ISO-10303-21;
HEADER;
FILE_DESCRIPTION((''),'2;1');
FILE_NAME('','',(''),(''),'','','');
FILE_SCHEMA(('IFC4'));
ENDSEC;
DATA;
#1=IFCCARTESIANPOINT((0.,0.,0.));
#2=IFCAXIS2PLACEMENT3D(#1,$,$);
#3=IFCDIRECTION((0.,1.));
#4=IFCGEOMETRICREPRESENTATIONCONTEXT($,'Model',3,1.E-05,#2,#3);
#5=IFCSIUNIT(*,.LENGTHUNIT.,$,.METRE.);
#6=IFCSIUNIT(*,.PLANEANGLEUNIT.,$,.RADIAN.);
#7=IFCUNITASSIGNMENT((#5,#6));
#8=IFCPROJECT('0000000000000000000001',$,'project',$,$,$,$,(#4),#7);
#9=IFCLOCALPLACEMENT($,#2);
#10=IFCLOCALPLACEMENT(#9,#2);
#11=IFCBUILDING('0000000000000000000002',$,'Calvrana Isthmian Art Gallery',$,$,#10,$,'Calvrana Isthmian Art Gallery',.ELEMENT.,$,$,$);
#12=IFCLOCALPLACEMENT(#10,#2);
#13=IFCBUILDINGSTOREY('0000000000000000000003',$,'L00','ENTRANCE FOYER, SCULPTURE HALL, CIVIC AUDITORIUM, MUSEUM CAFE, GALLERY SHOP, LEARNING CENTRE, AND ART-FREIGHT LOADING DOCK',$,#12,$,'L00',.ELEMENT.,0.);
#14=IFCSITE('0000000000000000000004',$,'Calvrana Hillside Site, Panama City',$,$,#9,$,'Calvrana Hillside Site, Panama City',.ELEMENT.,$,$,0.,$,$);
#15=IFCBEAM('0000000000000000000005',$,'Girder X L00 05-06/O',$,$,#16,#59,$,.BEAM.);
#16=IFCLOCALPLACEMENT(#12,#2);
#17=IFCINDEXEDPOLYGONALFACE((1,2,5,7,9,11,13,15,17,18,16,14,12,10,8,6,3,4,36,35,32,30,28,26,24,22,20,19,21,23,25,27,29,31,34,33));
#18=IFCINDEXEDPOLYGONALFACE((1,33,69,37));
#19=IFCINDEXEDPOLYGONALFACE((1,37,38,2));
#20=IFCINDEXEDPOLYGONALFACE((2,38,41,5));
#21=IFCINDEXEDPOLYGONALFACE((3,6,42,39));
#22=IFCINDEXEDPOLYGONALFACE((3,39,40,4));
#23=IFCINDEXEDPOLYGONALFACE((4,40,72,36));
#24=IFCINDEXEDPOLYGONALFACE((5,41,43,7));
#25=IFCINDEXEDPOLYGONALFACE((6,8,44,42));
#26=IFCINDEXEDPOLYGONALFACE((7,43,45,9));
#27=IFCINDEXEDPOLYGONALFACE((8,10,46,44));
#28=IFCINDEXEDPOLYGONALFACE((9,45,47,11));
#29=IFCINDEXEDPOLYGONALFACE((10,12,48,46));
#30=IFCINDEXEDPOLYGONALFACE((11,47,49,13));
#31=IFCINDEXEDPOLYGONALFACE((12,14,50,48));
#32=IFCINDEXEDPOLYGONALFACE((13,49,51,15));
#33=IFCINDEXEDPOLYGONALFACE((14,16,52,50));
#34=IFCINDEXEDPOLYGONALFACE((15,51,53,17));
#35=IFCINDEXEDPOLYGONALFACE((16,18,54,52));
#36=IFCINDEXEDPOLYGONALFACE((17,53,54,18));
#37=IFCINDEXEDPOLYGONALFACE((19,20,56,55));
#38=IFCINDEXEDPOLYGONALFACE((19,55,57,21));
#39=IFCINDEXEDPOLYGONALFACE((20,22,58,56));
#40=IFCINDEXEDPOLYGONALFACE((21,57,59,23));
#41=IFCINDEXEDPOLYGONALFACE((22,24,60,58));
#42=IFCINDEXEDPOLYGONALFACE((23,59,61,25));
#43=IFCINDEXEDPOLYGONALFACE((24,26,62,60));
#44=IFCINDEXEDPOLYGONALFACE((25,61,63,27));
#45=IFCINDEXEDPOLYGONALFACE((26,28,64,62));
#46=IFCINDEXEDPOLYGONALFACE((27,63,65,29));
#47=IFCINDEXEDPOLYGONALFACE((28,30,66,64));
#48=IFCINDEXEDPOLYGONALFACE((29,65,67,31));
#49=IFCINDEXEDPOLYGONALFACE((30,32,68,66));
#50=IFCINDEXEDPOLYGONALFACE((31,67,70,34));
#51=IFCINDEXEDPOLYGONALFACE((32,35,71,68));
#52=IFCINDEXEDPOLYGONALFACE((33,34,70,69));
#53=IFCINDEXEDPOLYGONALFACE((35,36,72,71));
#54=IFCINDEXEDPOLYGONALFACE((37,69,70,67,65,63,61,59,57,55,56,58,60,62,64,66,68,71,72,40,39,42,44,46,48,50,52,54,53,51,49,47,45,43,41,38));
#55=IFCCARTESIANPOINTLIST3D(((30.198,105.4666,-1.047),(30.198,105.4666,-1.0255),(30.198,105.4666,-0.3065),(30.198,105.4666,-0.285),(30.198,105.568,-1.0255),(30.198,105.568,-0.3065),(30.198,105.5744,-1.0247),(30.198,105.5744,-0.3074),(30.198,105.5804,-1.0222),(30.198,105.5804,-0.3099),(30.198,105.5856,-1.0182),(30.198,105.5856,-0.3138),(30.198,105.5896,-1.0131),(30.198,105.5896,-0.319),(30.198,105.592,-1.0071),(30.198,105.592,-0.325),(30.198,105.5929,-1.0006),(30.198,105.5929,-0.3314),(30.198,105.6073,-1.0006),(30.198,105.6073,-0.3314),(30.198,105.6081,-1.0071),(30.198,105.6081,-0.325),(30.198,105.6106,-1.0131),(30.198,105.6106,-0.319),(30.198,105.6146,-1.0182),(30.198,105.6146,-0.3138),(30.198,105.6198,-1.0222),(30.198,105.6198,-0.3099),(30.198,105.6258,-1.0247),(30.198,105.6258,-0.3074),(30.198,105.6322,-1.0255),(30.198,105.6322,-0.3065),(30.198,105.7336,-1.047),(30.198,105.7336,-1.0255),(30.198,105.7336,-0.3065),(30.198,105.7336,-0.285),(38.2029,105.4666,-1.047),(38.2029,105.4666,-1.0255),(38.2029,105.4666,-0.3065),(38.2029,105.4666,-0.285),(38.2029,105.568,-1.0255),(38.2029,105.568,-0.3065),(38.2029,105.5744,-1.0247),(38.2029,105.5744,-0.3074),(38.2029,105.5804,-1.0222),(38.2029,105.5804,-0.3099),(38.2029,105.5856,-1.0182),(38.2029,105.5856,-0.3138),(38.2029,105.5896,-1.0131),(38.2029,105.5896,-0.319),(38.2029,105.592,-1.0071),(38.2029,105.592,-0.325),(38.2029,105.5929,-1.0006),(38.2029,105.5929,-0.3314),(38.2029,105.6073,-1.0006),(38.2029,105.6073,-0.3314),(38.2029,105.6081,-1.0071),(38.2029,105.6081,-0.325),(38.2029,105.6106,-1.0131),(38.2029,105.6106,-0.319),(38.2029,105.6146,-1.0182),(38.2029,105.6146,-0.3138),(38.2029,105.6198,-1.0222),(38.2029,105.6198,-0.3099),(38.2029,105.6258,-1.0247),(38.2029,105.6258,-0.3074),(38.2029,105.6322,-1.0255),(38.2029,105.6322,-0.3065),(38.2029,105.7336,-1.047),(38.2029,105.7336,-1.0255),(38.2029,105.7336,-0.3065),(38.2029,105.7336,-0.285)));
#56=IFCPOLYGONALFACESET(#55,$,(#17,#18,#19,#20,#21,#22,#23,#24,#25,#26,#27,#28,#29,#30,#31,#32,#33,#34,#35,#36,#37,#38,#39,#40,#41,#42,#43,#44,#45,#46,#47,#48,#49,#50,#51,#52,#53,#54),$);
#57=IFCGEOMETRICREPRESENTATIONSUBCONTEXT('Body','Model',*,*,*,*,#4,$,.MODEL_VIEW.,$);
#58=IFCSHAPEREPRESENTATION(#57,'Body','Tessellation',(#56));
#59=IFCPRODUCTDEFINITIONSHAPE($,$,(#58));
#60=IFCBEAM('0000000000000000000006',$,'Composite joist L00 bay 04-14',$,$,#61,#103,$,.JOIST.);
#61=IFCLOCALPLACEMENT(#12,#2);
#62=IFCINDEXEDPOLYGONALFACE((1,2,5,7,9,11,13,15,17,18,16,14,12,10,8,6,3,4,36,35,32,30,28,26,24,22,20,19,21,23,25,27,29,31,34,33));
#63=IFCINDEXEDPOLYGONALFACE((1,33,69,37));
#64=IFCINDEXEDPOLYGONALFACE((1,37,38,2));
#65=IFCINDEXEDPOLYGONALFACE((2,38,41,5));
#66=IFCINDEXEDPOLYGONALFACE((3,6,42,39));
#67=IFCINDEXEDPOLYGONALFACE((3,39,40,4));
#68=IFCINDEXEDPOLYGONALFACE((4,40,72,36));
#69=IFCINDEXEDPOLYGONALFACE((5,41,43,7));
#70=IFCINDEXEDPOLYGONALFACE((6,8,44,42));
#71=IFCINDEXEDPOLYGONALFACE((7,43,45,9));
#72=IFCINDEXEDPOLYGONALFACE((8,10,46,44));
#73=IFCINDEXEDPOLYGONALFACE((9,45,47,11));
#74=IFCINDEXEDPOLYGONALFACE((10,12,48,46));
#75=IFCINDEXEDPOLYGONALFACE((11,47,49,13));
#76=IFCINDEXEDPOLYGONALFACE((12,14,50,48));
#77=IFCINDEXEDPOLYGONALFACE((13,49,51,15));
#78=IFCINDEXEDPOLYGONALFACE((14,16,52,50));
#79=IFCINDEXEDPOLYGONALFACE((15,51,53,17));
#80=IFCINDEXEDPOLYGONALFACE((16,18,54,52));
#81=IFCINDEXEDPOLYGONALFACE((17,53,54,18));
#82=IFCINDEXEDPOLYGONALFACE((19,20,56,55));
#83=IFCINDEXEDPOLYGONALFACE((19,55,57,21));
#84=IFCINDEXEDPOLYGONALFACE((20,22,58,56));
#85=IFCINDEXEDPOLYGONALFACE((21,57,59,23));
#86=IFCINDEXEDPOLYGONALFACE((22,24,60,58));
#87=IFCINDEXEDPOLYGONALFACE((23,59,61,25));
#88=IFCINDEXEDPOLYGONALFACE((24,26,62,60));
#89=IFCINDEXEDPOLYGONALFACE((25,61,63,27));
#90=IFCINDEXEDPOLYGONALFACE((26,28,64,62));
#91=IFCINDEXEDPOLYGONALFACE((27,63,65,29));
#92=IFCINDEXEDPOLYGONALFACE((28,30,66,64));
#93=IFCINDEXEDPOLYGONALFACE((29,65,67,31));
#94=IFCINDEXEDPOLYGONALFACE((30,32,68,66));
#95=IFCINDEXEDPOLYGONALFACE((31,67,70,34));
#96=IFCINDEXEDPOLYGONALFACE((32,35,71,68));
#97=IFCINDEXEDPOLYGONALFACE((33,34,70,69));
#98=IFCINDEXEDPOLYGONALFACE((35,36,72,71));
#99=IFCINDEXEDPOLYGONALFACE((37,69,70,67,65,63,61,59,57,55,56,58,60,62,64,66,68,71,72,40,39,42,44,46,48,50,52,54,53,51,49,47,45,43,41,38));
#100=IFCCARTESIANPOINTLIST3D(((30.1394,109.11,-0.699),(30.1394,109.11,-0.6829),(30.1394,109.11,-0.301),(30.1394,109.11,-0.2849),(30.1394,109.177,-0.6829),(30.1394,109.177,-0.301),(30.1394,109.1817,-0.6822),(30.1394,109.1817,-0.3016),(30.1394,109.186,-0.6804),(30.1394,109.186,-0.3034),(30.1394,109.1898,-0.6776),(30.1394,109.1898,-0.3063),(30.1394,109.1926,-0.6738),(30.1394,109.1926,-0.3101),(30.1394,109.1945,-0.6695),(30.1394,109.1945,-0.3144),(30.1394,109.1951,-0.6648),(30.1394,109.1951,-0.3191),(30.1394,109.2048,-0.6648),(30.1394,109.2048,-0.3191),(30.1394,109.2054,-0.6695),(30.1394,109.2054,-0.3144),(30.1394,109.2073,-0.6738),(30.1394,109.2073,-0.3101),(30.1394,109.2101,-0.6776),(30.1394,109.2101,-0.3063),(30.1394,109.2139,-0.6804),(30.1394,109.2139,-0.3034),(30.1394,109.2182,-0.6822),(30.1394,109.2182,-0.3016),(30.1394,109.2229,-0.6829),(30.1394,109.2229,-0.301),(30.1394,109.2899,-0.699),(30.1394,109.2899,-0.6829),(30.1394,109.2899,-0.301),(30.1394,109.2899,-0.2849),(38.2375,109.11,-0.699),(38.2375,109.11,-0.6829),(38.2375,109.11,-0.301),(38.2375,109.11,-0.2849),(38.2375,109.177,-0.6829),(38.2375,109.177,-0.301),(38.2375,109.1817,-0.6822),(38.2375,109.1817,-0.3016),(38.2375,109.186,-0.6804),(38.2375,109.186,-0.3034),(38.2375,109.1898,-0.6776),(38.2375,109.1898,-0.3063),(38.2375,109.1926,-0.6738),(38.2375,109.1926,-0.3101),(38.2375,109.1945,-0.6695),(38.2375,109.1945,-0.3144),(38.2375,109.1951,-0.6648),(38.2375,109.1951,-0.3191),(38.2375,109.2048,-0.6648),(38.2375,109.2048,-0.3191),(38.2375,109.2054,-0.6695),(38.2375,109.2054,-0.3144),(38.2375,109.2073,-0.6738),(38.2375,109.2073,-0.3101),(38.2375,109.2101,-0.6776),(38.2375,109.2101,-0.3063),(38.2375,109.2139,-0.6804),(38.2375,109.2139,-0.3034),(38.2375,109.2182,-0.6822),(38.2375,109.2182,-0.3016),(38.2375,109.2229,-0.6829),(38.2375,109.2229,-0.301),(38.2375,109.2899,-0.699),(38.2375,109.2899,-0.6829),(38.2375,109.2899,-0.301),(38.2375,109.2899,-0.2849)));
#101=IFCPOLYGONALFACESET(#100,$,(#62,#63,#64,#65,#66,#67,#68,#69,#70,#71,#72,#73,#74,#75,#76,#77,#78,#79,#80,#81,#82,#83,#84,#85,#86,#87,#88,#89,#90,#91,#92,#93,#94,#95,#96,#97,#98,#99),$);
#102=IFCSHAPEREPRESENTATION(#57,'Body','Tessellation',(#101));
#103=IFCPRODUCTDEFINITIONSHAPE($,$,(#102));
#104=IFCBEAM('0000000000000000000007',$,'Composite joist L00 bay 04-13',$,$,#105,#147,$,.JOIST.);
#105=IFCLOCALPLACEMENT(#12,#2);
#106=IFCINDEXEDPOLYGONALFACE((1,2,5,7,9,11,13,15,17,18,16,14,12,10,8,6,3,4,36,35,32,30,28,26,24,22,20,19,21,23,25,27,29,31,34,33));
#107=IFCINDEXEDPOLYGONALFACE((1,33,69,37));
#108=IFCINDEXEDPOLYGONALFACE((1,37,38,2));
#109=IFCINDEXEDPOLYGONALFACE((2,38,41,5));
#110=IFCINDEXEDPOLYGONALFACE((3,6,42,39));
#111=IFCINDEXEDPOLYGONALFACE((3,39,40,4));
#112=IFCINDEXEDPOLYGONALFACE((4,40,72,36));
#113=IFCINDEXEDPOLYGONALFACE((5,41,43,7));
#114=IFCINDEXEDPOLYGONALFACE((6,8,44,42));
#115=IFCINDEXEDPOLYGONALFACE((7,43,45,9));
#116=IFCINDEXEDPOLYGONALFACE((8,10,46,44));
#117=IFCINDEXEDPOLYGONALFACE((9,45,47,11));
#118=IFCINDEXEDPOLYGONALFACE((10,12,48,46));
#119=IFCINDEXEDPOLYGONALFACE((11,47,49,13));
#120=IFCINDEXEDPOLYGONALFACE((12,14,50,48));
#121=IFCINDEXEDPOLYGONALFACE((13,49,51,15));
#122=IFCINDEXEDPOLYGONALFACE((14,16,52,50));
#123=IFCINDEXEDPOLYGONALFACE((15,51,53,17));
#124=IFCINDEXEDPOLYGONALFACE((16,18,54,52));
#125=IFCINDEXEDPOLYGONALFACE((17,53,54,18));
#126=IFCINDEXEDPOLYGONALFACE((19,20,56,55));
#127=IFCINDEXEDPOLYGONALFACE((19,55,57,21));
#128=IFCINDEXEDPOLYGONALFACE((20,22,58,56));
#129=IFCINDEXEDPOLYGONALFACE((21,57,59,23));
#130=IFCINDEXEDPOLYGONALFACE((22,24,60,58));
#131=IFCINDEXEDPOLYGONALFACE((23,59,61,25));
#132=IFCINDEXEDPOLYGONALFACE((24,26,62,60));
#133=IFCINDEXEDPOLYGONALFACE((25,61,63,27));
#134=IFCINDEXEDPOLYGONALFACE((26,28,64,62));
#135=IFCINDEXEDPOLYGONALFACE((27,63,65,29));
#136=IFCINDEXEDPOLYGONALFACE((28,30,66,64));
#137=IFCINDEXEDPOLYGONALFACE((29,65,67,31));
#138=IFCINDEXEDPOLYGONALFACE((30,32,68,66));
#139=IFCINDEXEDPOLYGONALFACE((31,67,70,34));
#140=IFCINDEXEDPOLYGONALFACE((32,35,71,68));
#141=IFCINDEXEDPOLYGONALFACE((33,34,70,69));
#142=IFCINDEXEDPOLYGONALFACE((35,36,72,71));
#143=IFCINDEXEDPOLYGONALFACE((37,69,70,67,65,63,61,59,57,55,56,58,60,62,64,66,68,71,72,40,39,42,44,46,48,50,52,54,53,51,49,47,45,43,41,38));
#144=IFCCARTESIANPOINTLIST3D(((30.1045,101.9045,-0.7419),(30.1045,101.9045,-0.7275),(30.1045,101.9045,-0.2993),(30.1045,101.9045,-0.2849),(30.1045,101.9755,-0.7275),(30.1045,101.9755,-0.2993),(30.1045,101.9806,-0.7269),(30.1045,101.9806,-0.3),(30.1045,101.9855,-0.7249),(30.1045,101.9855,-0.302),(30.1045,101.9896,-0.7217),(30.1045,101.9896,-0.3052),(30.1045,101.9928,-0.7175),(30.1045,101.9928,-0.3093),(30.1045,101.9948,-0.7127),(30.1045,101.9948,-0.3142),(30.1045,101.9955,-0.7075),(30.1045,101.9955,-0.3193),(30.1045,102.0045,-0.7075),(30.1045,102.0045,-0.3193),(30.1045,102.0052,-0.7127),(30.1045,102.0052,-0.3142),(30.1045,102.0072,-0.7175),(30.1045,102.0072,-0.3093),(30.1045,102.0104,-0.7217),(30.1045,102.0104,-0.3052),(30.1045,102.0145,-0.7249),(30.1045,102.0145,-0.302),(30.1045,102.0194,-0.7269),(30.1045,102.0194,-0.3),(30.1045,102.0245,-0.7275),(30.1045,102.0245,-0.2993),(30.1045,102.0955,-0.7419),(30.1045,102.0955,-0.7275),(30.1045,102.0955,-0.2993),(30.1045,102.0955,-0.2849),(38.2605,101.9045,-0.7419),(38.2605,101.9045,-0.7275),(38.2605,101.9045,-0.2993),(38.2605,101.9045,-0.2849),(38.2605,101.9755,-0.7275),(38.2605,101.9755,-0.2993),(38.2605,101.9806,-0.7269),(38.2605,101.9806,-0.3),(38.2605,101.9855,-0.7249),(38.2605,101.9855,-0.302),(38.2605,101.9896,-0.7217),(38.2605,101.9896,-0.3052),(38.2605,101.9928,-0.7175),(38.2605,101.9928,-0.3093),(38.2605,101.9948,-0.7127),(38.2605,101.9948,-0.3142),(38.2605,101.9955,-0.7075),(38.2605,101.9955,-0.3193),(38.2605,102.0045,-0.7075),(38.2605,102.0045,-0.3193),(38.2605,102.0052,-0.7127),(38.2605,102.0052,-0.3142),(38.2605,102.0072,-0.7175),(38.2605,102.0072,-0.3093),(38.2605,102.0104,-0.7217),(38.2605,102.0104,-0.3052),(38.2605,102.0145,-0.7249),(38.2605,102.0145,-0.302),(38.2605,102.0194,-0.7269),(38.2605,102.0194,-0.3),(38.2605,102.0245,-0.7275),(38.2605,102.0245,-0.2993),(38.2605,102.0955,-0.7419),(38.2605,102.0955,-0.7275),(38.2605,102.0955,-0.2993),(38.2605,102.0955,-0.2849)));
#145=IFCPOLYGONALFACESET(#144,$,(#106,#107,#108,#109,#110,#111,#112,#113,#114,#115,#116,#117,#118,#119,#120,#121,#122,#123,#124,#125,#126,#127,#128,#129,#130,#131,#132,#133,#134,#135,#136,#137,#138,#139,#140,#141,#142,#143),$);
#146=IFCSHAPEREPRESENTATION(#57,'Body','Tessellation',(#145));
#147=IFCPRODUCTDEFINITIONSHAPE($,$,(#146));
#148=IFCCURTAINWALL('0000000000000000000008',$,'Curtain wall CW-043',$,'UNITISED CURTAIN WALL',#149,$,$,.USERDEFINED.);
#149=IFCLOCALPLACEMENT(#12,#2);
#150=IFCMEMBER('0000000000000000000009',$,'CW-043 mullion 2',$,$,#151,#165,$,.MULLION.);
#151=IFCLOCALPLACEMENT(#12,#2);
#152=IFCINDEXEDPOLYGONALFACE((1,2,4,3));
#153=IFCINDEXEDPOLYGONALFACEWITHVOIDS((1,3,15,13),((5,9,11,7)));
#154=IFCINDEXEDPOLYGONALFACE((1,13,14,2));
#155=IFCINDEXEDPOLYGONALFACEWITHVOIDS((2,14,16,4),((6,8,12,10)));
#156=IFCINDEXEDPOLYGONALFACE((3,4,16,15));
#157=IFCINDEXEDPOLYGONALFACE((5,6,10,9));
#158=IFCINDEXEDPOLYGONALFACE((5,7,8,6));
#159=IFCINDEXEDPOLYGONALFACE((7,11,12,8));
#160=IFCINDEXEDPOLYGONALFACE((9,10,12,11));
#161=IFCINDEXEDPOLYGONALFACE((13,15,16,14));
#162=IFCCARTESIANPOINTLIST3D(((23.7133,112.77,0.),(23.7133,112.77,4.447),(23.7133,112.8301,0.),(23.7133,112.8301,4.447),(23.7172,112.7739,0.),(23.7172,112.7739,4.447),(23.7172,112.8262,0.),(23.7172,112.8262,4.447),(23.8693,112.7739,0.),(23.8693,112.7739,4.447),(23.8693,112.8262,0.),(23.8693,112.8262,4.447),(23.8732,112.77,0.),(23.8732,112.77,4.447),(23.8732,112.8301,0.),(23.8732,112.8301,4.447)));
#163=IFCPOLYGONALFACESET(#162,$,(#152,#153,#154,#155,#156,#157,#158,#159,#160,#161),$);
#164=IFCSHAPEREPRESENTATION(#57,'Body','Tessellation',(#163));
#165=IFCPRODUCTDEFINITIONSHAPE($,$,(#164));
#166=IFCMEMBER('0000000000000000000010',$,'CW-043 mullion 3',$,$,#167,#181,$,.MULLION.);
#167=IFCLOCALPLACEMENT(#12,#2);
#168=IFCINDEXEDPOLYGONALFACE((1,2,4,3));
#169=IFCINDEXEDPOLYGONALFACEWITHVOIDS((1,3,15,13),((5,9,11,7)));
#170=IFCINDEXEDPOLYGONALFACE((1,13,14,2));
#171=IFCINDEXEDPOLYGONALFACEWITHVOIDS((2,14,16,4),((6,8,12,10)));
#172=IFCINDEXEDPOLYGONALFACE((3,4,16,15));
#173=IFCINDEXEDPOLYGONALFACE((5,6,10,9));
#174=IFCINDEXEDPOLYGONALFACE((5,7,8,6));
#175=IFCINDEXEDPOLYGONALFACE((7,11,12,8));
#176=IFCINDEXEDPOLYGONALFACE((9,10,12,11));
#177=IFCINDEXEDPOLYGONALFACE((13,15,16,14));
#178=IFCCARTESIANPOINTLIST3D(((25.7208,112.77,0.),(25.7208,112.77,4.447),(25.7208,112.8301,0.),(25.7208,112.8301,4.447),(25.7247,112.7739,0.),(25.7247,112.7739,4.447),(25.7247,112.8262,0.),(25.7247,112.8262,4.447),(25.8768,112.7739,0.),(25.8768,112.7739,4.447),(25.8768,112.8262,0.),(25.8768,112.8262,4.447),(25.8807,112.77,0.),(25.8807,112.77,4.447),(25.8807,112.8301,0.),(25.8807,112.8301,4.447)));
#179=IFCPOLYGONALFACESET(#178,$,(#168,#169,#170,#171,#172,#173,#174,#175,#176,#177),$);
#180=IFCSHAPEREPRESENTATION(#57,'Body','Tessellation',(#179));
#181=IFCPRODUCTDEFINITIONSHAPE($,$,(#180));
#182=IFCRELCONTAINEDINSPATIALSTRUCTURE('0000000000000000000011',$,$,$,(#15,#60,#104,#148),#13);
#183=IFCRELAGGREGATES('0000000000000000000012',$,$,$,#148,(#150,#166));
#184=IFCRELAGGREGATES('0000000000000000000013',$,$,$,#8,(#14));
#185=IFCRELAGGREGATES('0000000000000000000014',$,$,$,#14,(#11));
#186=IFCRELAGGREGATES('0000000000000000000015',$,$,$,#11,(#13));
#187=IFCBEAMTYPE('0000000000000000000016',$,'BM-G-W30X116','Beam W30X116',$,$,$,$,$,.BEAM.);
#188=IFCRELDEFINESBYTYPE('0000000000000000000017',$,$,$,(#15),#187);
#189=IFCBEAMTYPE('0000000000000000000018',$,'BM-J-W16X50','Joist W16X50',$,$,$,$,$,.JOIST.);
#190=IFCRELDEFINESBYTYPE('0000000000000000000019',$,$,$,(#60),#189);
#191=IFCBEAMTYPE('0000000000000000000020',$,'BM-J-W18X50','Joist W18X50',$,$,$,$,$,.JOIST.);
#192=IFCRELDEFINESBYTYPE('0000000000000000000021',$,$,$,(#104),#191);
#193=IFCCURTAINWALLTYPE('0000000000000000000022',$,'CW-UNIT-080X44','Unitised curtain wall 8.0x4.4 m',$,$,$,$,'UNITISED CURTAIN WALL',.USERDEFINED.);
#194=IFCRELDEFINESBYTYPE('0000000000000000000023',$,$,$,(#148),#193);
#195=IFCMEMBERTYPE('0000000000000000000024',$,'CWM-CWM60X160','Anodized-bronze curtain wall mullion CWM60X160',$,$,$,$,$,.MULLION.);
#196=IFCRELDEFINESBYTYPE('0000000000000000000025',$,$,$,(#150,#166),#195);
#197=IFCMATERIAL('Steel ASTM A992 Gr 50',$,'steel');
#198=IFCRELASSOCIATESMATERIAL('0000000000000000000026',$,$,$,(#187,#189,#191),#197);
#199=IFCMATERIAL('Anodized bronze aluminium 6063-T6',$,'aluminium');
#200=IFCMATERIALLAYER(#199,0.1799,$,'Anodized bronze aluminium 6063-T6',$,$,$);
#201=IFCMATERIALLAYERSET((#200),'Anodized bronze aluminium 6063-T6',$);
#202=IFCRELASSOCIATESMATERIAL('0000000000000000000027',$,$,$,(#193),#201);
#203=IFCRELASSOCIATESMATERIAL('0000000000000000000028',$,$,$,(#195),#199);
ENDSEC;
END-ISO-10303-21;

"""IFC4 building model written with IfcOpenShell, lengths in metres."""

from ifc_helpers import new_model, si_unit, direction, frame, origin, origin_2d, place, context, subcontext, project, spatial, hollow_rectangle, i_section, extrude, material, layer, layer_set, material_profile, profile_set, type_object, element, aggregate, save


model = new_model("IFC4")

# Units and contexts
model_context = context("Model", 3, precision=1e-05, world=origin(), true_north=direction((0.0, 1.0)))
body_context = subcontext(model_context, "Body", "Model", "MODEL_VIEW")
ifc_project = project(units=[si_unit("LENGTHUNIT", "METRE"), si_unit("PLANEANGLEUNIT", "RADIAN")], contexts=[model_context])

# Site, building, storey
site_placement = place(None, origin())
site = spatial("IfcSite", under=ifc_project, at=site_placement, Name="Calvrana Hillside Site, Panama City", LongName="Calvrana Hillside Site, Panama City", CompositionType="ELEMENT", RefElevation=0.0)
building_placement = place(site_placement, origin())
building = spatial("IfcBuilding", under=site, at=building_placement, Name="Calvrana Isthmian Art Gallery", LongName="Calvrana Isthmian Art Gallery", CompositionType="ELEMENT")
storey_placement = place(building_placement, origin())
storey = spatial("IfcBuildingStorey", under=building, at=storey_placement, Name="L00", Description="ENTRANCE FOYER, SCULPTURE HALL, CIVIC AUDITORIUM, MUSEUM CAFE, GALLERY SHOP, LEARNING CENTRE, AND ART-FREIGHT LOADING DOCK", LongName="L00", CompositionType="ELEMENT", Elevation=0.0)

# Shared definitions
ifc_material_1 = material(Name="Steel ASTM A992 Gr 50", Category="steel")

# Beams
ifc_material_profile_1 = material_profile(ifc_material_1, i_section(OverallWidth=0.2671, OverallDepth=0.762, WebThickness=0.0144, FlangeThickness=0.0215, FilletRadius=0.0249, at=origin_2d()), Name="W30X116")
ifc_profile_set_1 = profile_set([ifc_material_profile_1], Name="Steel ASTM A992 Gr 50")
beam_type_1 = type_object("IfcBeamType", Name="BM-G-W30X116", Description="Beam W30X116", PredefinedType="BEAM", material=ifc_profile_set_1)
beam_1_placement = place(storey_placement, frame((30.198, 105.6001, -0.666), z_axis=(1.0, 0.0, 0.0), x_axis=(0.0, 1.0, 0.0)))
element("IfcBeam", 1, at=beam_1_placement, inside=storey, type_object=beam_type_1, Name="Girder X L00 05-06/O", PredefinedType="BEAM", context=body_context, shape_type="SweptSolid", body=[
    extrude(i_section(OverallWidth=0.2671, OverallDepth=0.762, WebThickness=0.0144, FlangeThickness=0.0215, FilletRadius=0.0249, at=origin_2d()), origin(), (0.0, 0.0, 1.0), 8.0049),
])
ifc_material_profile_2 = material_profile(ifc_material_1, i_section(OverallWidth=0.1799, OverallDepth=0.4141, WebThickness=0.0098, FlangeThickness=0.0161, FilletRadius=0.0181, at=origin_2d()), Name="W16X50")
ifc_profile_set_2 = profile_set([ifc_material_profile_2], Name="Steel ASTM A992 Gr 50")
beam_type_2 = type_object("IfcBeamType", Name="BM-J-W16X50", Description="Joist W16X50", PredefinedType="JOIST", material=ifc_profile_set_2)
beam_2_placement = place(storey_placement, frame((30.1394, 109.2, -0.4919), z_axis=(1.0, 0.0, 0.0), x_axis=(0.0, 1.0, 0.0)))
element("IfcBeam", 2, at=beam_2_placement, inside=storey, type_object=beam_type_2, Name="Composite joist L00 bay 04-14", PredefinedType="JOIST", context=body_context, shape_type="SweptSolid", body=[
    extrude(i_section(OverallWidth=0.1799, OverallDepth=0.4141, WebThickness=0.0098, FlangeThickness=0.0161, FilletRadius=0.0181, at=origin_2d()), origin(), (0.0, 0.0, 1.0), 8.0981),
])
ifc_material_profile_3 = material_profile(ifc_material_1, i_section(OverallWidth=0.1909, OverallDepth=0.457, WebThickness=0.009, FlangeThickness=0.0144, FilletRadius=0.02, at=origin_2d()), Name="W18X50")
ifc_profile_set_3 = profile_set([ifc_material_profile_3], Name="Steel ASTM A992 Gr 50")
beam_type_3 = type_object("IfcBeamType", Name="BM-J-W18X50", Description="Joist W18X50", PredefinedType="JOIST", material=ifc_profile_set_3)
beam_3_placement = place(storey_placement, frame((30.1045, 102.0, -0.5134), z_axis=(1.0, 0.0, 0.0), x_axis=(0.0, 1.0, 0.0)))
element("IfcBeam", 3, at=beam_3_placement, inside=storey, type_object=beam_type_3, Name="Composite joist L00 bay 04-13", PredefinedType="JOIST", context=body_context, shape_type="SweptSolid", body=[
    extrude(i_section(OverallWidth=0.1909, OverallDepth=0.457, WebThickness=0.009, FlangeThickness=0.0144, FilletRadius=0.02, at=origin_2d()), origin(), (0.0, 0.0, 1.0), 8.156),
])

# Curtain wall, members
ifc_material_2 = material(Name="Anodized bronze aluminium 6063-T6", Category="aluminium")
ifc_layer_1 = layer(ifc_material_2, 0.1799, Name="Anodized bronze aluminium 6063-T6")
ifc_layer_set_1 = layer_set([ifc_layer_1], Name="Anodized bronze aluminium 6063-T6")
curtain_wall_type = type_object("IfcCurtainWallType", Name="CW-UNIT-080X44", Description="Unitised curtain wall 8.0x4.4 m", ElementType="UNITISED CURTAIN WALL", PredefinedType="USERDEFINED", material=ifc_layer_set_1)
curtain_wall_placement = place(storey_placement, origin())
curtain_wall = element("IfcCurtainWall", 4, at=curtain_wall_placement, inside=storey, type_object=curtain_wall_type, Name="Curtain wall CW-043", ObjectType="UNITISED CURTAIN WALL", PredefinedType="USERDEFINED")
ifc_material_profile_4 = material_profile(ifc_material_2, hollow_rectangle(XDim=0.0601, YDim=0.1599, WallThickness=0.0039, at=origin_2d()), Name="CWM60X160")
ifc_profile_set_4 = profile_set([ifc_material_profile_4], Name="Anodized bronze aluminium 6063-T6")
member_type_1 = type_object("IfcMemberType", Name="CWM-CWM60X160", Description="Anodized-bronze curtain wall mullion CWM60X160", PredefinedType="MULLION", material=ifc_profile_set_4)
member_1_placement = place(storey_placement, frame((23.7932, 112.8, 0.0), z_axis=(0.0, 0.0, 1.0), x_axis=(0.0, 1.0, 0.0)))
member_1 = element("IfcMember", 5, at=member_1_placement, type_object=member_type_1, Name="CW-043 mullion 2", PredefinedType="MULLION", context=body_context, shape_type="SweptSolid", body=[
    extrude(hollow_rectangle(XDim=0.0601, YDim=0.1599, WallThickness=0.0039, at=origin_2d()), origin(), (0.0, 0.0, 1.0), 4.447),
])
member_2_placement = place(storey_placement, frame((25.8008, 112.8, 0.0), z_axis=(0.0, 0.0, 1.0), x_axis=(0.0, 1.0, 0.0)))
member_2 = element("IfcMember", 6, at=member_2_placement, type_object=member_type_1, Name="CW-043 mullion 3", PredefinedType="MULLION", context=body_context, shape_type="SweptSolid", body=[
    extrude(hollow_rectangle(XDim=0.0601, YDim=0.1599, WallThickness=0.0039, at=origin_2d()), origin(), (0.0, 0.0, 1.0), 4.447),
])
aggregate(curtain_wall, [member_1, member_2])

save(model, "model.ifc")
